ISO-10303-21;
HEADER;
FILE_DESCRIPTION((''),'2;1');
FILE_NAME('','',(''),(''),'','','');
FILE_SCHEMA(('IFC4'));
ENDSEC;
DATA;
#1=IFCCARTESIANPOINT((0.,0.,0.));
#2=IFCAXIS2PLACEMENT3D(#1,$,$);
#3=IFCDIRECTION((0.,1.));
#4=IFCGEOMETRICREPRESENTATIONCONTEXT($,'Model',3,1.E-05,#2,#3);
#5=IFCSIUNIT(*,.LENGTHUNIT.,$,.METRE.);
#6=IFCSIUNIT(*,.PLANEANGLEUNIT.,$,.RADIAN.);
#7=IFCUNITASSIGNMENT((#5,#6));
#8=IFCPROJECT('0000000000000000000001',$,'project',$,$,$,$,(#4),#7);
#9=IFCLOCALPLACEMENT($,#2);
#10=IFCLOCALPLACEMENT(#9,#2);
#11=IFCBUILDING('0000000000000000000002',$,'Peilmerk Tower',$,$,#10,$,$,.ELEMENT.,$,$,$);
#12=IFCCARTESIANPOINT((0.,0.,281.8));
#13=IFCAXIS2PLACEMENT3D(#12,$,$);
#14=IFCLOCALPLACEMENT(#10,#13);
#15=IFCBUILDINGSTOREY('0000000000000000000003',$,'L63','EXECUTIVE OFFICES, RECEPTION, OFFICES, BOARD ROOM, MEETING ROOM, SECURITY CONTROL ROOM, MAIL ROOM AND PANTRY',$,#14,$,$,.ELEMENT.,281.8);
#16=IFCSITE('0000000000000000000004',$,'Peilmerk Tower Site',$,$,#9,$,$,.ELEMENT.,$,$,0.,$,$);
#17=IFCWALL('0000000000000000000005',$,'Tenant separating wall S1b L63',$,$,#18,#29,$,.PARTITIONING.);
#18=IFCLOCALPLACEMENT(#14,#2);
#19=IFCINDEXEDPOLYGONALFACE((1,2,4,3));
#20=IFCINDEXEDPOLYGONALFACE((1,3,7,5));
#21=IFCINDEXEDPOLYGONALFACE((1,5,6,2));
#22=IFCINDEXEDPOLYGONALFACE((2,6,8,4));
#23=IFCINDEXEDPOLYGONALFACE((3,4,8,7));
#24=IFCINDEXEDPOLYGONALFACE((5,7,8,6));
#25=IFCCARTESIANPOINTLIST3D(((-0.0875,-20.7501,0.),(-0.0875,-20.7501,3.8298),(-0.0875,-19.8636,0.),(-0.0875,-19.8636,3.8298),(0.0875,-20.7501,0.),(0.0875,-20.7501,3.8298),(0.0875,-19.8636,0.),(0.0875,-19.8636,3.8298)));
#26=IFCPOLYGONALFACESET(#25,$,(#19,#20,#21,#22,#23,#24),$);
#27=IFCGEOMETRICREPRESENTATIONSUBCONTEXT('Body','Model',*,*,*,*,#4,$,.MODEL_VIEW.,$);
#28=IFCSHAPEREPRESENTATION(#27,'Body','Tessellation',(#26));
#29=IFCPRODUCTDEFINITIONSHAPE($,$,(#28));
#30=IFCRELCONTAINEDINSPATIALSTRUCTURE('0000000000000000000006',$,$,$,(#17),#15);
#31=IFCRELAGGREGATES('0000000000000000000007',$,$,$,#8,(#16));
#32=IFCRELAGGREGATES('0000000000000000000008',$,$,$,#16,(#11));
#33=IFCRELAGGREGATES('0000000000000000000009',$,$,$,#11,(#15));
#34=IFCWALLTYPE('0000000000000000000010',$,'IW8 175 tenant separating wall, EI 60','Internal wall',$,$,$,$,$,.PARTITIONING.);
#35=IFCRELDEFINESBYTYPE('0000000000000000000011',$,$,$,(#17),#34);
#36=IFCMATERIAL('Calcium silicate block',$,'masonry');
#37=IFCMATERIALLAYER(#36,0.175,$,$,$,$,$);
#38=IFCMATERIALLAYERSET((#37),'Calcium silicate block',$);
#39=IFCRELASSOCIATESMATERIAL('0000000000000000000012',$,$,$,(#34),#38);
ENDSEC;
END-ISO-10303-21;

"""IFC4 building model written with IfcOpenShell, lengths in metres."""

from ifc_helpers import new_model, si_unit, direction, frame, frame_2d, origin, place, context, subcontext, project, spatial, rectangle, extrude, material, layer, layer_set, type_object, element, save


model = new_model("IFC4")

# Units and contexts
model_context = context("Model", 3, precision=1e-05, world=origin(), true_north=direction((0.0, 1.0)))
body_context = subcontext(model_context, "Body", "Model", "MODEL_VIEW")
ifc_project = project(units=[si_unit("LENGTHUNIT", "METRE"), si_unit("PLANEANGLEUNIT", "RADIAN")], contexts=[model_context])

# Site, building, storey
site_placement = place(None, origin())
site = spatial("IfcSite", under=ifc_project, at=site_placement, Name="Peilmerk Tower Site", CompositionType="ELEMENT", RefElevation=0.0)
building_placement = place(site_placement, origin())
building = spatial("IfcBuilding", under=site, at=building_placement, Name="Peilmerk Tower", CompositionType="ELEMENT")
storey_placement = place(building_placement, frame((0.0, 0.0, 281.8)))
storey = spatial("IfcBuildingStorey", under=building, at=storey_placement, Name="L63", Description="EXECUTIVE OFFICES, RECEPTION, OFFICES, BOARD ROOM, MEETING ROOM, SECURITY CONTROL ROOM, MAIL ROOM AND PANTRY", CompositionType="ELEMENT", Elevation=281.8)

# Shared definitions
ifc_material_1 = material(Name="Calcium silicate block", Category="masonry")

# Wall
ifc_layer_1 = layer(ifc_material_1, 0.175)
ifc_layer_set_1 = layer_set([ifc_layer_1], Name="Calcium silicate block")
wall_type_1 = type_object("IfcWallType", Name="IW8 175 tenant separating wall, EI 60", Description="Internal wall", PredefinedType="PARTITIONING", material=ifc_layer_set_1)
wall_1_placement = place(storey_placement, frame((0.0, -19.8635, 0.0), z_axis=(0.0, 0.0, 1.0), x_axis=(0.0, -1.0, 0.0)))
element("IfcWall", 1, at=wall_1_placement, inside=storey, type_object=wall_type_1, Name="Tenant separating wall S1b L63", PredefinedType="PARTITIONING", context=body_context, shape_type="SweptSolid", body=[
    extrude(rectangle(XDim=0.8865, YDim=0.175, at=frame_2d((0.4434, 0.0))), origin(), (0.0, 0.0, 1.0), 3.8298),
])

save(model, "model.ifc")
